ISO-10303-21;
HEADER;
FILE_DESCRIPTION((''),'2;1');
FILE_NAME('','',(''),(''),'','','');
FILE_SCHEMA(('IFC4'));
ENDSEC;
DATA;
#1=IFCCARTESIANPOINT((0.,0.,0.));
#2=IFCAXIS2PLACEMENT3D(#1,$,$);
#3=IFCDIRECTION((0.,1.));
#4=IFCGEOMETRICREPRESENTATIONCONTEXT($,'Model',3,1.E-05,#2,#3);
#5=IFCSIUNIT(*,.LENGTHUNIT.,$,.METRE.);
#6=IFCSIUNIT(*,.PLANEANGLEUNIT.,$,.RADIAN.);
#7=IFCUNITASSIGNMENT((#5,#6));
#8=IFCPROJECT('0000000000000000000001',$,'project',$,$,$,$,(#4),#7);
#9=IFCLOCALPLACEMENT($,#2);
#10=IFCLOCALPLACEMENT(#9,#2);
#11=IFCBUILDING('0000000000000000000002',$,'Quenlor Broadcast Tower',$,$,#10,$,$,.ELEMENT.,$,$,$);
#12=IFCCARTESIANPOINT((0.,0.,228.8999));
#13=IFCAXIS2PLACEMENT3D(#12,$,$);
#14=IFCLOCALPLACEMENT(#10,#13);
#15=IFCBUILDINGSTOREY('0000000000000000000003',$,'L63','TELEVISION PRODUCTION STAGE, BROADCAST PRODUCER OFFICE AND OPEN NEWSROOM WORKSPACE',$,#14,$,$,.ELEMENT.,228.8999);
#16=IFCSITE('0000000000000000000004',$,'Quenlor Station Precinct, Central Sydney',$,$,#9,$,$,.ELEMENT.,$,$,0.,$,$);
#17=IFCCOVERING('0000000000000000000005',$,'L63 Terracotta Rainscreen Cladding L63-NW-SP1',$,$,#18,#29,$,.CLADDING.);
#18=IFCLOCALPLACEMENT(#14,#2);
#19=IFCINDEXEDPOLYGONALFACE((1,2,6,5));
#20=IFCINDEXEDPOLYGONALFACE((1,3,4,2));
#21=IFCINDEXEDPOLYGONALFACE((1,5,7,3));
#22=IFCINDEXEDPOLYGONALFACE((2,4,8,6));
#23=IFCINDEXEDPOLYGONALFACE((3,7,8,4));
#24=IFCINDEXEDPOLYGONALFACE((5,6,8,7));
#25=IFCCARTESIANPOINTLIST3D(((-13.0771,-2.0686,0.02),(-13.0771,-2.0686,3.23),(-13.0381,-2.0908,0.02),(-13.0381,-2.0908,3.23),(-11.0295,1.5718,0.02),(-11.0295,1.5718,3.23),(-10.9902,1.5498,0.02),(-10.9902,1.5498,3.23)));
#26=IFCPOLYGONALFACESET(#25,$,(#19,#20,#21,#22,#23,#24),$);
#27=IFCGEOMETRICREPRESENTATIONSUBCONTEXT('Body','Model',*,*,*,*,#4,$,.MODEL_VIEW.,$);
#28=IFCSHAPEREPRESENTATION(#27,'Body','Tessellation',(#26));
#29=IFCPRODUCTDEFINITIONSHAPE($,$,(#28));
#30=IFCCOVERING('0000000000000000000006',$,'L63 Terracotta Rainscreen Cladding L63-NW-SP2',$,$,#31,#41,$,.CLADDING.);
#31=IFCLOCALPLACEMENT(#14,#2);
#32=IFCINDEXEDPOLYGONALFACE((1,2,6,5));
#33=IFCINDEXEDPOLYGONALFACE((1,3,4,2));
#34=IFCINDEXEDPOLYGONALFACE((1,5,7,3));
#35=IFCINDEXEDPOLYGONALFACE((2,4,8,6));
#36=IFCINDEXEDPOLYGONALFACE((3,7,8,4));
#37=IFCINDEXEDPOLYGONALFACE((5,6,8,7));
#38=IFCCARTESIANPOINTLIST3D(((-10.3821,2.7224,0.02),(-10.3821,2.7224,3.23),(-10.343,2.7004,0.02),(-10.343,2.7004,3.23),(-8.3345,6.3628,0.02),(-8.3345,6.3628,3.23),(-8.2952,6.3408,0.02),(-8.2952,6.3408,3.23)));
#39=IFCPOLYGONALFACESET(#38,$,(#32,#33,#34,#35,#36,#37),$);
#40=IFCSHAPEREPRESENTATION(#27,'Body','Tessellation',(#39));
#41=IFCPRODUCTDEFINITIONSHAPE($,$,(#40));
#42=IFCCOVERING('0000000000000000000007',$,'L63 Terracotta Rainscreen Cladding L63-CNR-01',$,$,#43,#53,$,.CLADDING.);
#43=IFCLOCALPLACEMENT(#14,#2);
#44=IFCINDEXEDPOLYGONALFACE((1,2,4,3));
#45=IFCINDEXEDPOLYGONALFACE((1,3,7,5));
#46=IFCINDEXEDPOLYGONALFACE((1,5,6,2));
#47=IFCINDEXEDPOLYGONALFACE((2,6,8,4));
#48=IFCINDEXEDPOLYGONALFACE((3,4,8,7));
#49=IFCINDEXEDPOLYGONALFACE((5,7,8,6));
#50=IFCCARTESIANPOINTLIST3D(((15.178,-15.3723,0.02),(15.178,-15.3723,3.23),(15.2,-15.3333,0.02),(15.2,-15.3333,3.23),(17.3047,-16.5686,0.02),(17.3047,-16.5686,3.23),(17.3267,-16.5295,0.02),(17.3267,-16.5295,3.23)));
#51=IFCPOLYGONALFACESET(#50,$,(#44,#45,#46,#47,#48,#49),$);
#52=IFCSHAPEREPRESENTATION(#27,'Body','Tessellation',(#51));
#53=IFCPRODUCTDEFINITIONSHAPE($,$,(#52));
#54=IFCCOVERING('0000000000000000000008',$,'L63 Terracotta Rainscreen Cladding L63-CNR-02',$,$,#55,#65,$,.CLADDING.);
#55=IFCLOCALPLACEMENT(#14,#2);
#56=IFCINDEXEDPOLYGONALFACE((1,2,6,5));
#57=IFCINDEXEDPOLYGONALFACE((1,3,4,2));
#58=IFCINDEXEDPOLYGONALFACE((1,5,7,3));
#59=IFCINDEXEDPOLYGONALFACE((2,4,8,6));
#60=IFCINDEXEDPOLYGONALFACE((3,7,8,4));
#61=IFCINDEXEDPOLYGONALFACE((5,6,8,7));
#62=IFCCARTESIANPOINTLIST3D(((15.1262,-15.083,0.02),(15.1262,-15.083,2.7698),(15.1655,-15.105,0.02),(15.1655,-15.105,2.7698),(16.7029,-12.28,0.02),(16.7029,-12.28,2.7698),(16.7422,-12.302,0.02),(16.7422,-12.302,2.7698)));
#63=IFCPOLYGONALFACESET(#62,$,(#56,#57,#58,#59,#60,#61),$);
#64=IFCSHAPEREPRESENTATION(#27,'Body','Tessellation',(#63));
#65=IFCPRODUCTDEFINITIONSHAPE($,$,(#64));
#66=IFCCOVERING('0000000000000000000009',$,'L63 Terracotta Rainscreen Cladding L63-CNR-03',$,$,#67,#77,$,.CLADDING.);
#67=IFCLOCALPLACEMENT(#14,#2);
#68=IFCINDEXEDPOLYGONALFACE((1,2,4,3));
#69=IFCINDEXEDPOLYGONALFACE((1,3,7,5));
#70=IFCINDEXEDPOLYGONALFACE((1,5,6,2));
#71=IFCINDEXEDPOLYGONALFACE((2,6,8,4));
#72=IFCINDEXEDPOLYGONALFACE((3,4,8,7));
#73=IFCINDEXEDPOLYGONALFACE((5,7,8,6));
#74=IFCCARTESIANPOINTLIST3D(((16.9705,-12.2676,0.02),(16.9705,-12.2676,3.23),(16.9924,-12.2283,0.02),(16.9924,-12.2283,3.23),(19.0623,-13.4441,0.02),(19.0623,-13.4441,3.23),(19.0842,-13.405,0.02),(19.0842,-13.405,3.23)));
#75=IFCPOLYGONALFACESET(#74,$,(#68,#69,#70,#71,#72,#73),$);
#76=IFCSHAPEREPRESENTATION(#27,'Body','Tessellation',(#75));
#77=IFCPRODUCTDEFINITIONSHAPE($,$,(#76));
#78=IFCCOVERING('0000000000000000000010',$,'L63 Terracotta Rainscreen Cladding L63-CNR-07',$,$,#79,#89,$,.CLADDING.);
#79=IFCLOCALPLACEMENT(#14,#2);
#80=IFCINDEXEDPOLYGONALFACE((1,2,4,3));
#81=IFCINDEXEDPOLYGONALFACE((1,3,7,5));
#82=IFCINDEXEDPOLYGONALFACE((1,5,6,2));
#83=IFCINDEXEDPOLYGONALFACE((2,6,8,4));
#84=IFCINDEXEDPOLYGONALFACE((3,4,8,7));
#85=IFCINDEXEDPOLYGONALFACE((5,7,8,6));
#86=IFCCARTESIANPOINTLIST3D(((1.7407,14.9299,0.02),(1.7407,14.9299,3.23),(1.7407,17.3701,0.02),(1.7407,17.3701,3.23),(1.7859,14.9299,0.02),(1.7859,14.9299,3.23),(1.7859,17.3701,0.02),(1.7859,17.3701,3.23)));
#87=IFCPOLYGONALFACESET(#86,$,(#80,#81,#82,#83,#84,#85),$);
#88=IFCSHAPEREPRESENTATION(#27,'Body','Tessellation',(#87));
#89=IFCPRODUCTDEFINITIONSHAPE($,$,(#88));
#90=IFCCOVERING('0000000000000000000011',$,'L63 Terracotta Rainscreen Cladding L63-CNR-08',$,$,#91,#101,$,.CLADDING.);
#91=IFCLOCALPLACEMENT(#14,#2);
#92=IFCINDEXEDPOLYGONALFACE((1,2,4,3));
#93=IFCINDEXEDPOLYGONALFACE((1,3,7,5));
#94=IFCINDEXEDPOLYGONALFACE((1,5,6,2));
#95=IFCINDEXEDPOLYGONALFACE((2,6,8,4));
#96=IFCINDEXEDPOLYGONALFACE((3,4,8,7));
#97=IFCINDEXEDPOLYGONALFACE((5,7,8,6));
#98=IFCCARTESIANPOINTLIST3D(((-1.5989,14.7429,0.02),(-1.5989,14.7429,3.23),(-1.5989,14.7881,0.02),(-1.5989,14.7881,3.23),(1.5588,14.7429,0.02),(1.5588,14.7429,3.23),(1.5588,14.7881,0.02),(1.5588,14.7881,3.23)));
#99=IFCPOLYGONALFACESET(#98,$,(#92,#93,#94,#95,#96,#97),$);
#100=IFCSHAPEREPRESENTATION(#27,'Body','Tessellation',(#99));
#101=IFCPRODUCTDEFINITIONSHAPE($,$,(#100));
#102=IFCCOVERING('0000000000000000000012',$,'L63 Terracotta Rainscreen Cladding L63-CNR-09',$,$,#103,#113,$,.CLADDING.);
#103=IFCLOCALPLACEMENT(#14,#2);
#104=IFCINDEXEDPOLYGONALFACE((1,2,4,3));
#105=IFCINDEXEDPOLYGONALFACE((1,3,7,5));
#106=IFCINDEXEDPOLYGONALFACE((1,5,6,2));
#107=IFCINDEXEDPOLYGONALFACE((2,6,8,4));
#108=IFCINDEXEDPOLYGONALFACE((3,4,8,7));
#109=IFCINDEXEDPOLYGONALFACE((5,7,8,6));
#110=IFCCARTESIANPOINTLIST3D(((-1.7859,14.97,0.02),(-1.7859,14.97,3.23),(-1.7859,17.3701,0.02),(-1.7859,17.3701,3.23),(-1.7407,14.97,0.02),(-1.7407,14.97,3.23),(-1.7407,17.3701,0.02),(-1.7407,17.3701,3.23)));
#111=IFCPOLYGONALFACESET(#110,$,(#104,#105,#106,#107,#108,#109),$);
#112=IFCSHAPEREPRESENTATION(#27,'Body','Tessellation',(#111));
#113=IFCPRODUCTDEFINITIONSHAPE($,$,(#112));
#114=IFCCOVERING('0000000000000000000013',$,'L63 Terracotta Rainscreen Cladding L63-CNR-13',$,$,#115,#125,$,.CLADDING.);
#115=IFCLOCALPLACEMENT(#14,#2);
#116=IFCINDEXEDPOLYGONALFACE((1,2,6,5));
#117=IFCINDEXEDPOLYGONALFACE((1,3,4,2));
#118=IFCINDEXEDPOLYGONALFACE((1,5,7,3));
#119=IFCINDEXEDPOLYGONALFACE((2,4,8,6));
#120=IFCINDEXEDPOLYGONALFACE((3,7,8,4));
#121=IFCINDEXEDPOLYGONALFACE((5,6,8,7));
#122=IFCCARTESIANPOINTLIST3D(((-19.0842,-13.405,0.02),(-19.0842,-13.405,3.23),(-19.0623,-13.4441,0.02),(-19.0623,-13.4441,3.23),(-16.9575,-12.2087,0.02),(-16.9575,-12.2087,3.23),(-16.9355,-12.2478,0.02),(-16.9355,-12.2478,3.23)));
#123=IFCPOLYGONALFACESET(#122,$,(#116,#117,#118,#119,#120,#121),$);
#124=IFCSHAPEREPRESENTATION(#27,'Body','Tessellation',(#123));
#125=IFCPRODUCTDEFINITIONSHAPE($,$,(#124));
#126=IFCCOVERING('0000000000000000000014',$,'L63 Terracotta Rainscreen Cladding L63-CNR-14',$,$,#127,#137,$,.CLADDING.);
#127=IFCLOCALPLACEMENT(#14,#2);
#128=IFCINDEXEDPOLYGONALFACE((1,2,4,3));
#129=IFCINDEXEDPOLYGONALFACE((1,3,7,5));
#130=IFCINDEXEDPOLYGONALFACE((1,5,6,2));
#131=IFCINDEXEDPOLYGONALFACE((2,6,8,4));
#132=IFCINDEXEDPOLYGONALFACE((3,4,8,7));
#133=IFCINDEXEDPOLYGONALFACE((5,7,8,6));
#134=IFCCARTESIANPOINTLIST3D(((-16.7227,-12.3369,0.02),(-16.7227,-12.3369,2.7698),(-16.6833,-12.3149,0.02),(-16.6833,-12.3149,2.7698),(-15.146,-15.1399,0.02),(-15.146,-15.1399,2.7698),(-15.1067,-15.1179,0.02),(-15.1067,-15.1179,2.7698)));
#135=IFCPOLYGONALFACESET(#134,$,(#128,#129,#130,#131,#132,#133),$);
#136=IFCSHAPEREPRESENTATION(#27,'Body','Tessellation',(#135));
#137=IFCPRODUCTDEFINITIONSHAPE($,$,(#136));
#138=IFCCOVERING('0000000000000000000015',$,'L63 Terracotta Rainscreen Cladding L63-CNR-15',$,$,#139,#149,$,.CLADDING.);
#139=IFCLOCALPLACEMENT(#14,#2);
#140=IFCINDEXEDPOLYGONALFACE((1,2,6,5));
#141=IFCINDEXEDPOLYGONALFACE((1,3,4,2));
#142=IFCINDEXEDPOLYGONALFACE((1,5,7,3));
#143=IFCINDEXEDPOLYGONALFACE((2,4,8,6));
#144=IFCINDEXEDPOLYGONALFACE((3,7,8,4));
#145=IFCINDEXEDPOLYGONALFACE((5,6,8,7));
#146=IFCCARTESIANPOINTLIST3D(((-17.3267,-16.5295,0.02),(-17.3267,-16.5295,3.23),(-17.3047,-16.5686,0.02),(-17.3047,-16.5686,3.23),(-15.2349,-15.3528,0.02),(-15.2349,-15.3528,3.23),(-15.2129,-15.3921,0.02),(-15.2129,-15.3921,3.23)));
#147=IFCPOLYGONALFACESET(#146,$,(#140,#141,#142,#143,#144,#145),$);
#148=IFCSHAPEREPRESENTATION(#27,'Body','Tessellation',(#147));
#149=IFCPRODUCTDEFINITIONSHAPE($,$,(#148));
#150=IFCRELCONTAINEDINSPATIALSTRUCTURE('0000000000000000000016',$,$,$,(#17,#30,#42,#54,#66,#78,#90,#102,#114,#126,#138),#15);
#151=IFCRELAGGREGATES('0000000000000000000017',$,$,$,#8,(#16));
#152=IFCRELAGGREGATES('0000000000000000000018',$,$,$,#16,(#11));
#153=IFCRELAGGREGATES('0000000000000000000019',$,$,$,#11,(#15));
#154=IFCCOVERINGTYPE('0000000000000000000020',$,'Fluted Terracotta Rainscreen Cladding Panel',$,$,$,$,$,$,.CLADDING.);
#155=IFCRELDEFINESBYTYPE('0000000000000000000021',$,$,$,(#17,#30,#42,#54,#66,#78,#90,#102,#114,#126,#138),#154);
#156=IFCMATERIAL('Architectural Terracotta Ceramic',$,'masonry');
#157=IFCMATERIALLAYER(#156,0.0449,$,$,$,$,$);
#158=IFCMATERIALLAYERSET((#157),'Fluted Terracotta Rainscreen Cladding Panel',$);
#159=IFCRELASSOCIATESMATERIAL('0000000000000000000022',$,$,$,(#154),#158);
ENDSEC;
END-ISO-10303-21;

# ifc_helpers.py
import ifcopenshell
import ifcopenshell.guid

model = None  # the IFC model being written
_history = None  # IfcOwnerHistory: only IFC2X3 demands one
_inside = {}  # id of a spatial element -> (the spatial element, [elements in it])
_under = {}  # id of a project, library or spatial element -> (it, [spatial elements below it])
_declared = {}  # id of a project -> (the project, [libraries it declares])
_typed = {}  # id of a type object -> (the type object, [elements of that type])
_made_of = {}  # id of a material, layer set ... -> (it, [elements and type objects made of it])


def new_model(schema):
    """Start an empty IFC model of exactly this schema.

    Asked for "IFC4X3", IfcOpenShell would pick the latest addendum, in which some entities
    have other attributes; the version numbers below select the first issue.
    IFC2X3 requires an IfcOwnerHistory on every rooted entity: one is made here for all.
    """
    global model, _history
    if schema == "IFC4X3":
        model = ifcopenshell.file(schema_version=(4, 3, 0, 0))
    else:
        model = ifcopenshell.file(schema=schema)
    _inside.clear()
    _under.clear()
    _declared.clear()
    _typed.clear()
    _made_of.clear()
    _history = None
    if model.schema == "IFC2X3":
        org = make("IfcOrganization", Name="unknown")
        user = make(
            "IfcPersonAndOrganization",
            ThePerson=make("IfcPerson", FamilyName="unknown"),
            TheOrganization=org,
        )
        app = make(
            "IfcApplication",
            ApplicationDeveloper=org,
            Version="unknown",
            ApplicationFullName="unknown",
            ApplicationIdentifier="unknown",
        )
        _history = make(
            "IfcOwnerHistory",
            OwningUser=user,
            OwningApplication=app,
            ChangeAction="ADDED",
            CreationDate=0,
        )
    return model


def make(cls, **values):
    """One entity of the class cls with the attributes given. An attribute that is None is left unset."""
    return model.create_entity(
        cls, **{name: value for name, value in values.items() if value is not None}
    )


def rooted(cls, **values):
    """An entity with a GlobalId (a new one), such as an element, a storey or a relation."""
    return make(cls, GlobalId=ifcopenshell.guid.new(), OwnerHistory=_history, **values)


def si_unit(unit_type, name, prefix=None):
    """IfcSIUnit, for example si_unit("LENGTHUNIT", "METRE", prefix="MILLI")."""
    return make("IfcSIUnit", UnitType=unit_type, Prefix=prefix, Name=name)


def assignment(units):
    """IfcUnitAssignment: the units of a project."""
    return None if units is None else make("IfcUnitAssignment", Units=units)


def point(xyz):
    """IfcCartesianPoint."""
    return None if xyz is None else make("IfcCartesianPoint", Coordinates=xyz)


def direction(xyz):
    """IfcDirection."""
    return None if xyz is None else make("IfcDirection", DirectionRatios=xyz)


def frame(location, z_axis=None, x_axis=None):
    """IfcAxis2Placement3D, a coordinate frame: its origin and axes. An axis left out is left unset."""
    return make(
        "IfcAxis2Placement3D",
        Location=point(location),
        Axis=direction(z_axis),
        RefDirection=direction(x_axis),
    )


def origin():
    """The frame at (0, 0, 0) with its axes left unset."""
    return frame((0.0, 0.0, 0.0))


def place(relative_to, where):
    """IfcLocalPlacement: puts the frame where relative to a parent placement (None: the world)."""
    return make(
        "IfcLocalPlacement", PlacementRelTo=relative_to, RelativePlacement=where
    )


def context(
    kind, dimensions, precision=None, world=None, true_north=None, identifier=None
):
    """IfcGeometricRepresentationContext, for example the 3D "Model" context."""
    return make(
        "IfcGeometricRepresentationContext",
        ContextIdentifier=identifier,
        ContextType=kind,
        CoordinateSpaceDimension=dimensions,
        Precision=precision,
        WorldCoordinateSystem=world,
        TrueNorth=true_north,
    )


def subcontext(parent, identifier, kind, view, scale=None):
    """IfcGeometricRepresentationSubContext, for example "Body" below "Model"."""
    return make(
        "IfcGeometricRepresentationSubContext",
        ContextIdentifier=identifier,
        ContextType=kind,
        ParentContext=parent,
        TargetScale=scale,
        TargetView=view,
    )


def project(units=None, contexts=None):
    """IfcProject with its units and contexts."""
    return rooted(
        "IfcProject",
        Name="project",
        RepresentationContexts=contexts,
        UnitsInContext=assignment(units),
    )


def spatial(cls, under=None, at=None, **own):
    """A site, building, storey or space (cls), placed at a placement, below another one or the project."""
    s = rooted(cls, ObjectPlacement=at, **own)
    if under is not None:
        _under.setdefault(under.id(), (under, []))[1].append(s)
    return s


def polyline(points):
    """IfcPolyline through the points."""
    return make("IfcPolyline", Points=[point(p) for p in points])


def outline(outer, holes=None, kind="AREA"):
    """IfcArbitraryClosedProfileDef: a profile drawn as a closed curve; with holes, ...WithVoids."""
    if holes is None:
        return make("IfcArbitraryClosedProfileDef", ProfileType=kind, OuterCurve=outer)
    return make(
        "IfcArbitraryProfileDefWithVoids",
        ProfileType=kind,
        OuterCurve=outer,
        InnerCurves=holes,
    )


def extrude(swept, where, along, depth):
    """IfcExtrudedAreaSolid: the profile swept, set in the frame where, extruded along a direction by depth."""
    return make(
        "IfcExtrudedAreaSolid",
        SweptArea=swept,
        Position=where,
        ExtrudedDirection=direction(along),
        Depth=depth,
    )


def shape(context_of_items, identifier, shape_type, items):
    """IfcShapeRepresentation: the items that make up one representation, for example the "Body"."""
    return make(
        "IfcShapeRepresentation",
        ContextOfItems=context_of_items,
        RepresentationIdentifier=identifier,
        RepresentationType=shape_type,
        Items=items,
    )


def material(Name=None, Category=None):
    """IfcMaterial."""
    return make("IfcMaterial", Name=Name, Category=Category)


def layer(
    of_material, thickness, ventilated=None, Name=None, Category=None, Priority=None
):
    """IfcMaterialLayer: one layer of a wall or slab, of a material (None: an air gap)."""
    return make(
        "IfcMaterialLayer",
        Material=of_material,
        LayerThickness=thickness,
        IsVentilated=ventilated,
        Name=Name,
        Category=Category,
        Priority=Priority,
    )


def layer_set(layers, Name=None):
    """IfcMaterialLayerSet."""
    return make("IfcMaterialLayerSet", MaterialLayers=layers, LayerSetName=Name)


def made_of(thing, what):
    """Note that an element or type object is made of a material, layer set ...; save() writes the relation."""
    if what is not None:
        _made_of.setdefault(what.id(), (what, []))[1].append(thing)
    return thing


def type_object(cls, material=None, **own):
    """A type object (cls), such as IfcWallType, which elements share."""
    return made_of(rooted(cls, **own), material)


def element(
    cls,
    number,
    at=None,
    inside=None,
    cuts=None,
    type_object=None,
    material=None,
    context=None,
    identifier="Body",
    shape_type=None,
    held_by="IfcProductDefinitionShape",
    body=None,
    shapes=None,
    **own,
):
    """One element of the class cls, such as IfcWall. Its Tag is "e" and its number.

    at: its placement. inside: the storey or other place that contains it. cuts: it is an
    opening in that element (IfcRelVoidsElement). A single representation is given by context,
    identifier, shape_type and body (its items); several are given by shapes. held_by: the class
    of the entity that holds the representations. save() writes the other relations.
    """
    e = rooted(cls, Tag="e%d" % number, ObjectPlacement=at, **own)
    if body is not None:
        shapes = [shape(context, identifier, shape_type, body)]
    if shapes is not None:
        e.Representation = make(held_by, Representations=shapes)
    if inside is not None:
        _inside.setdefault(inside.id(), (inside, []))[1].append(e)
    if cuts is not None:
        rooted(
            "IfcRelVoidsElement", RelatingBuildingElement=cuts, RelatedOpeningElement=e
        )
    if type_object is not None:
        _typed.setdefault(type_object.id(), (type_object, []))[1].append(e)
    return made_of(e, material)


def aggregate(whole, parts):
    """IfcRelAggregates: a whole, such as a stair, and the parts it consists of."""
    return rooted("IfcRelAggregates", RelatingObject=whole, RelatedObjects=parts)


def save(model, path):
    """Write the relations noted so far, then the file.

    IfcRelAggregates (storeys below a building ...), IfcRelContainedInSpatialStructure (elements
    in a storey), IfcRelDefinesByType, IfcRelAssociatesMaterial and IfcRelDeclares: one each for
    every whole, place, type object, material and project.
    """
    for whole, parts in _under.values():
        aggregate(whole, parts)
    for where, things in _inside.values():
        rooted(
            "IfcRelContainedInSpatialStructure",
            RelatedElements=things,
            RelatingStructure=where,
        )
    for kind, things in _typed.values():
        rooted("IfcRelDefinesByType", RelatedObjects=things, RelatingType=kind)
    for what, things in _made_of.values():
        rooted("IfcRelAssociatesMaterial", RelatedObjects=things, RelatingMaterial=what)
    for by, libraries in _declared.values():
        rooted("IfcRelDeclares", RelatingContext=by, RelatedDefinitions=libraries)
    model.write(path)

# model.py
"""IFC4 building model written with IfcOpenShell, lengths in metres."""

from ifc_helpers import new_model, si_unit, direction, frame, origin, place, context, subcontext, project, spatial, polyline, outline, extrude, material, layer, layer_set, type_object, element, save


model = new_model("IFC4")

# Units and contexts
model_context = context("Model", 3, precision=1e-05, world=origin(), true_north=direction((0.0, 1.0)))
body_context = subcontext(model_context, "Body", "Model", "MODEL_VIEW")
ifc_project = project(units=[si_unit("LENGTHUNIT", "METRE"), si_unit("PLANEANGLEUNIT", "RADIAN")], contexts=[model_context])

# Site, building, storey
site_placement = place(None, origin())
site = spatial("IfcSite", under=ifc_project, at=site_placement, Name="Quenlor Station Precinct, Central Sydney", CompositionType="ELEMENT", RefElevation=0.0)
building_placement = place(site_placement, origin())
building = spatial("IfcBuilding", under=site, at=building_placement, Name="Quenlor Broadcast Tower", CompositionType="ELEMENT")
storey_placement = place(building_placement, frame((0.0, 0.0, 228.8999)))
storey = spatial("IfcBuildingStorey", under=building, at=storey_placement, Name="L63", Description="TELEVISION PRODUCTION STAGE, BROADCAST PRODUCER OFFICE AND OPEN NEWSROOM WORKSPACE", CompositionType="ELEMENT", Elevation=228.8999)

# Coverings
ifc_material_1 = material(Name="Architectural Terracotta Ceramic", Category="masonry")
ifc_layer_1 = layer(ifc_material_1, 0.0449)
ifc_layer_set_1 = layer_set([ifc_layer_1], Name="Fluted Terracotta Rainscreen Cladding Panel")
covering_type_1 = type_object("IfcCoveringType", Name="Fluted Terracotta Rainscreen Cladding Panel", PredefinedType="CLADDING", material=ifc_layer_set_1)
covering_1_placement = place(storey_placement, frame((0.0, 0.0, 0.02)))
element("IfcCovering", 1, at=covering_1_placement, inside=storey, type_object=covering_type_1, Name="L63 Terracotta Rainscreen Cladding L63-NW-SP1", PredefinedType="CLADDING", context=body_context, shape_type="SweptSolid", body=[
    extrude(outline(polyline([(-13.0381, -2.0908), (-10.9902, 1.5498), (-11.0295, 1.5718), (-13.0771, -2.0686), (-13.0381, -2.0908)])), origin(), (0.0, 0.0, 1.0), 3.21),
])
covering_2_placement = place(storey_placement, frame((0.0, 0.0, 0.02)))
element("IfcCovering", 2, at=covering_2_placement, inside=storey, type_object=covering_type_1, Name="L63 Terracotta Rainscreen Cladding L63-NW-SP2", PredefinedType="CLADDING", context=body_context, shape_type="SweptSolid", body=[
    extrude(outline(polyline([(-10.343, 2.7004), (-8.2952, 6.3408), (-8.3345, 6.3628), (-10.3821, 2.7224), (-10.343, 2.7004)])), origin(), (0.0, 0.0, 1.0), 3.21),
])
covering_3_placement = place(storey_placement, frame((0.0, 0.0, 0.02)))
element("IfcCovering", 3, at=covering_3_placement, inside=storey, type_object=covering_type_1, Name="L63 Terracotta Rainscreen Cladding L63-CNR-01", PredefinedType="CLADDING", context=body_context, shape_type="SweptSolid", body=[
    extrude(outline(polyline([(17.3267, -16.5295), (15.2, -15.3333), (15.178, -15.3723), (17.3047, -16.5686), (17.3267, -16.5295)])), origin(), (0.0, 0.0, 1.0), 3.21),
])
covering_4_placement = place(storey_placement, frame((0.0, 0.0, 0.02)))
element("IfcCovering", 4, at=covering_4_placement, inside=storey, type_object=covering_type_1, Name="L63 Terracotta Rainscreen Cladding L63-CNR-02", PredefinedType="CLADDING", context=body_context, shape_type="SweptSolid", body=[
    extrude(outline(polyline([(15.1655, -15.105), (16.7422, -12.302), (16.7029, -12.28), (15.1262, -15.083), (15.1655, -15.105)])), origin(), (0.0, 0.0, 1.0), 2.7498),
])
covering_5_placement = place(storey_placement, frame((0.0, 0.0, 0.02)))
element("IfcCovering", 5, at=covering_5_placement, inside=storey, type_object=covering_type_1, Name="L63 Terracotta Rainscreen Cladding L63-CNR-03", PredefinedType="CLADDING", context=body_context, shape_type="SweptSolid", body=[
    extrude(outline(polyline([(16.9705, -12.2676), (19.0623, -13.4441), (19.0842, -13.405), (16.9924, -12.2283), (16.9705, -12.2676)])), origin(), (0.0, 0.0, 1.0), 3.21),
])
covering_6_placement = place(storey_placement, frame((0.0, 0.0, 0.02)))
element("IfcCovering", 6, at=covering_6_placement, inside=storey, type_object=covering_type_1, Name="L63 Terracotta Rainscreen Cladding L63-CNR-07", PredefinedType="CLADDING", context=body_context, shape_type="SweptSolid", body=[
    extrude(outline(polyline([(1.7407, 17.3701), (1.7407, 14.9299), (1.7859, 14.9299), (1.7859, 17.3701), (1.7407, 17.3701)])), origin(), (0.0, 0.0, 1.0), 3.21),
])
covering_7_placement = place(storey_placement, frame((0.0, 0.0, 0.02)))
element("IfcCovering", 7, at=covering_7_placement, inside=storey, type_object=covering_type_1, Name="L63 Terracotta Rainscreen Cladding L63-CNR-08", PredefinedType="CLADDING", context=body_context, shape_type="SweptSolid", body=[
    extrude(outline(polyline([(1.5588, 14.7881), (-1.5989, 14.7881), (-1.5989, 14.7429), (1.5588, 14.7429), (1.5588, 14.7881)])), origin(), (0.0, 0.0, 1.0), 3.21),
])
covering_8_placement = place(storey_placement, frame((0.0, 0.0, 0.02)))
element("IfcCovering", 8, at=covering_8_placement, inside=storey, type_object=covering_type_1, Name="L63 Terracotta Rainscreen Cladding L63-CNR-09", PredefinedType="CLADDING", context=body_context, shape_type="SweptSolid", body=[
    extrude(outline(polyline([(-1.7407, 14.97), (-1.7407, 17.3701), (-1.7859, 17.3701), (-1.7859, 14.97), (-1.7407, 14.97)])), origin(), (0.0, 0.0, 1.0), 3.21),
])
covering_9_placement = place(storey_placement, frame((0.0, 0.0, 0.02)))
element("IfcCovering", 9, at=covering_9_placement, inside=storey, type_object=covering_type_1, Name="L63 Terracotta Rainscreen Cladding L63-CNR-13", PredefinedType="CLADDING", context=body_context, shape_type="SweptSolid", body=[
    extrude(outline(polyline([(-19.0623, -13.4441), (-16.9355, -12.2478), (-16.9575, -12.2087), (-19.0842, -13.405), (-19.0623, -13.4441)])), origin(), (0.0, 0.0, 1.0), 3.21),
])
covering_10_placement = place(storey_placement, frame((0.0, 0.0, 0.02)))
element("IfcCovering", 10, at=covering_10_placement, inside=storey, type_object=covering_type_1, Name="L63 Terracotta Rainscreen Cladding L63-CNR-14", PredefinedType="CLADDING", context=body_context, shape_type="SweptSolid", body=[
    extrude(outline(polyline([(-16.7227, -12.3369), (-15.146, -15.1399), (-15.1067, -15.1179), (-16.6833, -12.3149), (-16.7227, -12.3369)])), origin(), (0.0, 0.0, 1.0), 2.7498),
])
covering_11_placement = place(storey_placement, frame((0.0, 0.0, 0.02)))
element("IfcCovering", 11, at=covering_11_placement, inside=storey, type_object=covering_type_1, Name="L63 Terracotta Rainscreen Cladding L63-CNR-15", PredefinedType="CLADDING", context=body_context, shape_type="SweptSolid", body=[
    extrude(outline(polyline([(-15.2349, -15.3528), (-17.3267, -16.5295), (-17.3047, -16.5686), (-15.2129, -15.3921), (-15.2349, -15.3528)])), origin(), (0.0, 0.0, 1.0), 3.21),
])

save(model, "model.ifc")
